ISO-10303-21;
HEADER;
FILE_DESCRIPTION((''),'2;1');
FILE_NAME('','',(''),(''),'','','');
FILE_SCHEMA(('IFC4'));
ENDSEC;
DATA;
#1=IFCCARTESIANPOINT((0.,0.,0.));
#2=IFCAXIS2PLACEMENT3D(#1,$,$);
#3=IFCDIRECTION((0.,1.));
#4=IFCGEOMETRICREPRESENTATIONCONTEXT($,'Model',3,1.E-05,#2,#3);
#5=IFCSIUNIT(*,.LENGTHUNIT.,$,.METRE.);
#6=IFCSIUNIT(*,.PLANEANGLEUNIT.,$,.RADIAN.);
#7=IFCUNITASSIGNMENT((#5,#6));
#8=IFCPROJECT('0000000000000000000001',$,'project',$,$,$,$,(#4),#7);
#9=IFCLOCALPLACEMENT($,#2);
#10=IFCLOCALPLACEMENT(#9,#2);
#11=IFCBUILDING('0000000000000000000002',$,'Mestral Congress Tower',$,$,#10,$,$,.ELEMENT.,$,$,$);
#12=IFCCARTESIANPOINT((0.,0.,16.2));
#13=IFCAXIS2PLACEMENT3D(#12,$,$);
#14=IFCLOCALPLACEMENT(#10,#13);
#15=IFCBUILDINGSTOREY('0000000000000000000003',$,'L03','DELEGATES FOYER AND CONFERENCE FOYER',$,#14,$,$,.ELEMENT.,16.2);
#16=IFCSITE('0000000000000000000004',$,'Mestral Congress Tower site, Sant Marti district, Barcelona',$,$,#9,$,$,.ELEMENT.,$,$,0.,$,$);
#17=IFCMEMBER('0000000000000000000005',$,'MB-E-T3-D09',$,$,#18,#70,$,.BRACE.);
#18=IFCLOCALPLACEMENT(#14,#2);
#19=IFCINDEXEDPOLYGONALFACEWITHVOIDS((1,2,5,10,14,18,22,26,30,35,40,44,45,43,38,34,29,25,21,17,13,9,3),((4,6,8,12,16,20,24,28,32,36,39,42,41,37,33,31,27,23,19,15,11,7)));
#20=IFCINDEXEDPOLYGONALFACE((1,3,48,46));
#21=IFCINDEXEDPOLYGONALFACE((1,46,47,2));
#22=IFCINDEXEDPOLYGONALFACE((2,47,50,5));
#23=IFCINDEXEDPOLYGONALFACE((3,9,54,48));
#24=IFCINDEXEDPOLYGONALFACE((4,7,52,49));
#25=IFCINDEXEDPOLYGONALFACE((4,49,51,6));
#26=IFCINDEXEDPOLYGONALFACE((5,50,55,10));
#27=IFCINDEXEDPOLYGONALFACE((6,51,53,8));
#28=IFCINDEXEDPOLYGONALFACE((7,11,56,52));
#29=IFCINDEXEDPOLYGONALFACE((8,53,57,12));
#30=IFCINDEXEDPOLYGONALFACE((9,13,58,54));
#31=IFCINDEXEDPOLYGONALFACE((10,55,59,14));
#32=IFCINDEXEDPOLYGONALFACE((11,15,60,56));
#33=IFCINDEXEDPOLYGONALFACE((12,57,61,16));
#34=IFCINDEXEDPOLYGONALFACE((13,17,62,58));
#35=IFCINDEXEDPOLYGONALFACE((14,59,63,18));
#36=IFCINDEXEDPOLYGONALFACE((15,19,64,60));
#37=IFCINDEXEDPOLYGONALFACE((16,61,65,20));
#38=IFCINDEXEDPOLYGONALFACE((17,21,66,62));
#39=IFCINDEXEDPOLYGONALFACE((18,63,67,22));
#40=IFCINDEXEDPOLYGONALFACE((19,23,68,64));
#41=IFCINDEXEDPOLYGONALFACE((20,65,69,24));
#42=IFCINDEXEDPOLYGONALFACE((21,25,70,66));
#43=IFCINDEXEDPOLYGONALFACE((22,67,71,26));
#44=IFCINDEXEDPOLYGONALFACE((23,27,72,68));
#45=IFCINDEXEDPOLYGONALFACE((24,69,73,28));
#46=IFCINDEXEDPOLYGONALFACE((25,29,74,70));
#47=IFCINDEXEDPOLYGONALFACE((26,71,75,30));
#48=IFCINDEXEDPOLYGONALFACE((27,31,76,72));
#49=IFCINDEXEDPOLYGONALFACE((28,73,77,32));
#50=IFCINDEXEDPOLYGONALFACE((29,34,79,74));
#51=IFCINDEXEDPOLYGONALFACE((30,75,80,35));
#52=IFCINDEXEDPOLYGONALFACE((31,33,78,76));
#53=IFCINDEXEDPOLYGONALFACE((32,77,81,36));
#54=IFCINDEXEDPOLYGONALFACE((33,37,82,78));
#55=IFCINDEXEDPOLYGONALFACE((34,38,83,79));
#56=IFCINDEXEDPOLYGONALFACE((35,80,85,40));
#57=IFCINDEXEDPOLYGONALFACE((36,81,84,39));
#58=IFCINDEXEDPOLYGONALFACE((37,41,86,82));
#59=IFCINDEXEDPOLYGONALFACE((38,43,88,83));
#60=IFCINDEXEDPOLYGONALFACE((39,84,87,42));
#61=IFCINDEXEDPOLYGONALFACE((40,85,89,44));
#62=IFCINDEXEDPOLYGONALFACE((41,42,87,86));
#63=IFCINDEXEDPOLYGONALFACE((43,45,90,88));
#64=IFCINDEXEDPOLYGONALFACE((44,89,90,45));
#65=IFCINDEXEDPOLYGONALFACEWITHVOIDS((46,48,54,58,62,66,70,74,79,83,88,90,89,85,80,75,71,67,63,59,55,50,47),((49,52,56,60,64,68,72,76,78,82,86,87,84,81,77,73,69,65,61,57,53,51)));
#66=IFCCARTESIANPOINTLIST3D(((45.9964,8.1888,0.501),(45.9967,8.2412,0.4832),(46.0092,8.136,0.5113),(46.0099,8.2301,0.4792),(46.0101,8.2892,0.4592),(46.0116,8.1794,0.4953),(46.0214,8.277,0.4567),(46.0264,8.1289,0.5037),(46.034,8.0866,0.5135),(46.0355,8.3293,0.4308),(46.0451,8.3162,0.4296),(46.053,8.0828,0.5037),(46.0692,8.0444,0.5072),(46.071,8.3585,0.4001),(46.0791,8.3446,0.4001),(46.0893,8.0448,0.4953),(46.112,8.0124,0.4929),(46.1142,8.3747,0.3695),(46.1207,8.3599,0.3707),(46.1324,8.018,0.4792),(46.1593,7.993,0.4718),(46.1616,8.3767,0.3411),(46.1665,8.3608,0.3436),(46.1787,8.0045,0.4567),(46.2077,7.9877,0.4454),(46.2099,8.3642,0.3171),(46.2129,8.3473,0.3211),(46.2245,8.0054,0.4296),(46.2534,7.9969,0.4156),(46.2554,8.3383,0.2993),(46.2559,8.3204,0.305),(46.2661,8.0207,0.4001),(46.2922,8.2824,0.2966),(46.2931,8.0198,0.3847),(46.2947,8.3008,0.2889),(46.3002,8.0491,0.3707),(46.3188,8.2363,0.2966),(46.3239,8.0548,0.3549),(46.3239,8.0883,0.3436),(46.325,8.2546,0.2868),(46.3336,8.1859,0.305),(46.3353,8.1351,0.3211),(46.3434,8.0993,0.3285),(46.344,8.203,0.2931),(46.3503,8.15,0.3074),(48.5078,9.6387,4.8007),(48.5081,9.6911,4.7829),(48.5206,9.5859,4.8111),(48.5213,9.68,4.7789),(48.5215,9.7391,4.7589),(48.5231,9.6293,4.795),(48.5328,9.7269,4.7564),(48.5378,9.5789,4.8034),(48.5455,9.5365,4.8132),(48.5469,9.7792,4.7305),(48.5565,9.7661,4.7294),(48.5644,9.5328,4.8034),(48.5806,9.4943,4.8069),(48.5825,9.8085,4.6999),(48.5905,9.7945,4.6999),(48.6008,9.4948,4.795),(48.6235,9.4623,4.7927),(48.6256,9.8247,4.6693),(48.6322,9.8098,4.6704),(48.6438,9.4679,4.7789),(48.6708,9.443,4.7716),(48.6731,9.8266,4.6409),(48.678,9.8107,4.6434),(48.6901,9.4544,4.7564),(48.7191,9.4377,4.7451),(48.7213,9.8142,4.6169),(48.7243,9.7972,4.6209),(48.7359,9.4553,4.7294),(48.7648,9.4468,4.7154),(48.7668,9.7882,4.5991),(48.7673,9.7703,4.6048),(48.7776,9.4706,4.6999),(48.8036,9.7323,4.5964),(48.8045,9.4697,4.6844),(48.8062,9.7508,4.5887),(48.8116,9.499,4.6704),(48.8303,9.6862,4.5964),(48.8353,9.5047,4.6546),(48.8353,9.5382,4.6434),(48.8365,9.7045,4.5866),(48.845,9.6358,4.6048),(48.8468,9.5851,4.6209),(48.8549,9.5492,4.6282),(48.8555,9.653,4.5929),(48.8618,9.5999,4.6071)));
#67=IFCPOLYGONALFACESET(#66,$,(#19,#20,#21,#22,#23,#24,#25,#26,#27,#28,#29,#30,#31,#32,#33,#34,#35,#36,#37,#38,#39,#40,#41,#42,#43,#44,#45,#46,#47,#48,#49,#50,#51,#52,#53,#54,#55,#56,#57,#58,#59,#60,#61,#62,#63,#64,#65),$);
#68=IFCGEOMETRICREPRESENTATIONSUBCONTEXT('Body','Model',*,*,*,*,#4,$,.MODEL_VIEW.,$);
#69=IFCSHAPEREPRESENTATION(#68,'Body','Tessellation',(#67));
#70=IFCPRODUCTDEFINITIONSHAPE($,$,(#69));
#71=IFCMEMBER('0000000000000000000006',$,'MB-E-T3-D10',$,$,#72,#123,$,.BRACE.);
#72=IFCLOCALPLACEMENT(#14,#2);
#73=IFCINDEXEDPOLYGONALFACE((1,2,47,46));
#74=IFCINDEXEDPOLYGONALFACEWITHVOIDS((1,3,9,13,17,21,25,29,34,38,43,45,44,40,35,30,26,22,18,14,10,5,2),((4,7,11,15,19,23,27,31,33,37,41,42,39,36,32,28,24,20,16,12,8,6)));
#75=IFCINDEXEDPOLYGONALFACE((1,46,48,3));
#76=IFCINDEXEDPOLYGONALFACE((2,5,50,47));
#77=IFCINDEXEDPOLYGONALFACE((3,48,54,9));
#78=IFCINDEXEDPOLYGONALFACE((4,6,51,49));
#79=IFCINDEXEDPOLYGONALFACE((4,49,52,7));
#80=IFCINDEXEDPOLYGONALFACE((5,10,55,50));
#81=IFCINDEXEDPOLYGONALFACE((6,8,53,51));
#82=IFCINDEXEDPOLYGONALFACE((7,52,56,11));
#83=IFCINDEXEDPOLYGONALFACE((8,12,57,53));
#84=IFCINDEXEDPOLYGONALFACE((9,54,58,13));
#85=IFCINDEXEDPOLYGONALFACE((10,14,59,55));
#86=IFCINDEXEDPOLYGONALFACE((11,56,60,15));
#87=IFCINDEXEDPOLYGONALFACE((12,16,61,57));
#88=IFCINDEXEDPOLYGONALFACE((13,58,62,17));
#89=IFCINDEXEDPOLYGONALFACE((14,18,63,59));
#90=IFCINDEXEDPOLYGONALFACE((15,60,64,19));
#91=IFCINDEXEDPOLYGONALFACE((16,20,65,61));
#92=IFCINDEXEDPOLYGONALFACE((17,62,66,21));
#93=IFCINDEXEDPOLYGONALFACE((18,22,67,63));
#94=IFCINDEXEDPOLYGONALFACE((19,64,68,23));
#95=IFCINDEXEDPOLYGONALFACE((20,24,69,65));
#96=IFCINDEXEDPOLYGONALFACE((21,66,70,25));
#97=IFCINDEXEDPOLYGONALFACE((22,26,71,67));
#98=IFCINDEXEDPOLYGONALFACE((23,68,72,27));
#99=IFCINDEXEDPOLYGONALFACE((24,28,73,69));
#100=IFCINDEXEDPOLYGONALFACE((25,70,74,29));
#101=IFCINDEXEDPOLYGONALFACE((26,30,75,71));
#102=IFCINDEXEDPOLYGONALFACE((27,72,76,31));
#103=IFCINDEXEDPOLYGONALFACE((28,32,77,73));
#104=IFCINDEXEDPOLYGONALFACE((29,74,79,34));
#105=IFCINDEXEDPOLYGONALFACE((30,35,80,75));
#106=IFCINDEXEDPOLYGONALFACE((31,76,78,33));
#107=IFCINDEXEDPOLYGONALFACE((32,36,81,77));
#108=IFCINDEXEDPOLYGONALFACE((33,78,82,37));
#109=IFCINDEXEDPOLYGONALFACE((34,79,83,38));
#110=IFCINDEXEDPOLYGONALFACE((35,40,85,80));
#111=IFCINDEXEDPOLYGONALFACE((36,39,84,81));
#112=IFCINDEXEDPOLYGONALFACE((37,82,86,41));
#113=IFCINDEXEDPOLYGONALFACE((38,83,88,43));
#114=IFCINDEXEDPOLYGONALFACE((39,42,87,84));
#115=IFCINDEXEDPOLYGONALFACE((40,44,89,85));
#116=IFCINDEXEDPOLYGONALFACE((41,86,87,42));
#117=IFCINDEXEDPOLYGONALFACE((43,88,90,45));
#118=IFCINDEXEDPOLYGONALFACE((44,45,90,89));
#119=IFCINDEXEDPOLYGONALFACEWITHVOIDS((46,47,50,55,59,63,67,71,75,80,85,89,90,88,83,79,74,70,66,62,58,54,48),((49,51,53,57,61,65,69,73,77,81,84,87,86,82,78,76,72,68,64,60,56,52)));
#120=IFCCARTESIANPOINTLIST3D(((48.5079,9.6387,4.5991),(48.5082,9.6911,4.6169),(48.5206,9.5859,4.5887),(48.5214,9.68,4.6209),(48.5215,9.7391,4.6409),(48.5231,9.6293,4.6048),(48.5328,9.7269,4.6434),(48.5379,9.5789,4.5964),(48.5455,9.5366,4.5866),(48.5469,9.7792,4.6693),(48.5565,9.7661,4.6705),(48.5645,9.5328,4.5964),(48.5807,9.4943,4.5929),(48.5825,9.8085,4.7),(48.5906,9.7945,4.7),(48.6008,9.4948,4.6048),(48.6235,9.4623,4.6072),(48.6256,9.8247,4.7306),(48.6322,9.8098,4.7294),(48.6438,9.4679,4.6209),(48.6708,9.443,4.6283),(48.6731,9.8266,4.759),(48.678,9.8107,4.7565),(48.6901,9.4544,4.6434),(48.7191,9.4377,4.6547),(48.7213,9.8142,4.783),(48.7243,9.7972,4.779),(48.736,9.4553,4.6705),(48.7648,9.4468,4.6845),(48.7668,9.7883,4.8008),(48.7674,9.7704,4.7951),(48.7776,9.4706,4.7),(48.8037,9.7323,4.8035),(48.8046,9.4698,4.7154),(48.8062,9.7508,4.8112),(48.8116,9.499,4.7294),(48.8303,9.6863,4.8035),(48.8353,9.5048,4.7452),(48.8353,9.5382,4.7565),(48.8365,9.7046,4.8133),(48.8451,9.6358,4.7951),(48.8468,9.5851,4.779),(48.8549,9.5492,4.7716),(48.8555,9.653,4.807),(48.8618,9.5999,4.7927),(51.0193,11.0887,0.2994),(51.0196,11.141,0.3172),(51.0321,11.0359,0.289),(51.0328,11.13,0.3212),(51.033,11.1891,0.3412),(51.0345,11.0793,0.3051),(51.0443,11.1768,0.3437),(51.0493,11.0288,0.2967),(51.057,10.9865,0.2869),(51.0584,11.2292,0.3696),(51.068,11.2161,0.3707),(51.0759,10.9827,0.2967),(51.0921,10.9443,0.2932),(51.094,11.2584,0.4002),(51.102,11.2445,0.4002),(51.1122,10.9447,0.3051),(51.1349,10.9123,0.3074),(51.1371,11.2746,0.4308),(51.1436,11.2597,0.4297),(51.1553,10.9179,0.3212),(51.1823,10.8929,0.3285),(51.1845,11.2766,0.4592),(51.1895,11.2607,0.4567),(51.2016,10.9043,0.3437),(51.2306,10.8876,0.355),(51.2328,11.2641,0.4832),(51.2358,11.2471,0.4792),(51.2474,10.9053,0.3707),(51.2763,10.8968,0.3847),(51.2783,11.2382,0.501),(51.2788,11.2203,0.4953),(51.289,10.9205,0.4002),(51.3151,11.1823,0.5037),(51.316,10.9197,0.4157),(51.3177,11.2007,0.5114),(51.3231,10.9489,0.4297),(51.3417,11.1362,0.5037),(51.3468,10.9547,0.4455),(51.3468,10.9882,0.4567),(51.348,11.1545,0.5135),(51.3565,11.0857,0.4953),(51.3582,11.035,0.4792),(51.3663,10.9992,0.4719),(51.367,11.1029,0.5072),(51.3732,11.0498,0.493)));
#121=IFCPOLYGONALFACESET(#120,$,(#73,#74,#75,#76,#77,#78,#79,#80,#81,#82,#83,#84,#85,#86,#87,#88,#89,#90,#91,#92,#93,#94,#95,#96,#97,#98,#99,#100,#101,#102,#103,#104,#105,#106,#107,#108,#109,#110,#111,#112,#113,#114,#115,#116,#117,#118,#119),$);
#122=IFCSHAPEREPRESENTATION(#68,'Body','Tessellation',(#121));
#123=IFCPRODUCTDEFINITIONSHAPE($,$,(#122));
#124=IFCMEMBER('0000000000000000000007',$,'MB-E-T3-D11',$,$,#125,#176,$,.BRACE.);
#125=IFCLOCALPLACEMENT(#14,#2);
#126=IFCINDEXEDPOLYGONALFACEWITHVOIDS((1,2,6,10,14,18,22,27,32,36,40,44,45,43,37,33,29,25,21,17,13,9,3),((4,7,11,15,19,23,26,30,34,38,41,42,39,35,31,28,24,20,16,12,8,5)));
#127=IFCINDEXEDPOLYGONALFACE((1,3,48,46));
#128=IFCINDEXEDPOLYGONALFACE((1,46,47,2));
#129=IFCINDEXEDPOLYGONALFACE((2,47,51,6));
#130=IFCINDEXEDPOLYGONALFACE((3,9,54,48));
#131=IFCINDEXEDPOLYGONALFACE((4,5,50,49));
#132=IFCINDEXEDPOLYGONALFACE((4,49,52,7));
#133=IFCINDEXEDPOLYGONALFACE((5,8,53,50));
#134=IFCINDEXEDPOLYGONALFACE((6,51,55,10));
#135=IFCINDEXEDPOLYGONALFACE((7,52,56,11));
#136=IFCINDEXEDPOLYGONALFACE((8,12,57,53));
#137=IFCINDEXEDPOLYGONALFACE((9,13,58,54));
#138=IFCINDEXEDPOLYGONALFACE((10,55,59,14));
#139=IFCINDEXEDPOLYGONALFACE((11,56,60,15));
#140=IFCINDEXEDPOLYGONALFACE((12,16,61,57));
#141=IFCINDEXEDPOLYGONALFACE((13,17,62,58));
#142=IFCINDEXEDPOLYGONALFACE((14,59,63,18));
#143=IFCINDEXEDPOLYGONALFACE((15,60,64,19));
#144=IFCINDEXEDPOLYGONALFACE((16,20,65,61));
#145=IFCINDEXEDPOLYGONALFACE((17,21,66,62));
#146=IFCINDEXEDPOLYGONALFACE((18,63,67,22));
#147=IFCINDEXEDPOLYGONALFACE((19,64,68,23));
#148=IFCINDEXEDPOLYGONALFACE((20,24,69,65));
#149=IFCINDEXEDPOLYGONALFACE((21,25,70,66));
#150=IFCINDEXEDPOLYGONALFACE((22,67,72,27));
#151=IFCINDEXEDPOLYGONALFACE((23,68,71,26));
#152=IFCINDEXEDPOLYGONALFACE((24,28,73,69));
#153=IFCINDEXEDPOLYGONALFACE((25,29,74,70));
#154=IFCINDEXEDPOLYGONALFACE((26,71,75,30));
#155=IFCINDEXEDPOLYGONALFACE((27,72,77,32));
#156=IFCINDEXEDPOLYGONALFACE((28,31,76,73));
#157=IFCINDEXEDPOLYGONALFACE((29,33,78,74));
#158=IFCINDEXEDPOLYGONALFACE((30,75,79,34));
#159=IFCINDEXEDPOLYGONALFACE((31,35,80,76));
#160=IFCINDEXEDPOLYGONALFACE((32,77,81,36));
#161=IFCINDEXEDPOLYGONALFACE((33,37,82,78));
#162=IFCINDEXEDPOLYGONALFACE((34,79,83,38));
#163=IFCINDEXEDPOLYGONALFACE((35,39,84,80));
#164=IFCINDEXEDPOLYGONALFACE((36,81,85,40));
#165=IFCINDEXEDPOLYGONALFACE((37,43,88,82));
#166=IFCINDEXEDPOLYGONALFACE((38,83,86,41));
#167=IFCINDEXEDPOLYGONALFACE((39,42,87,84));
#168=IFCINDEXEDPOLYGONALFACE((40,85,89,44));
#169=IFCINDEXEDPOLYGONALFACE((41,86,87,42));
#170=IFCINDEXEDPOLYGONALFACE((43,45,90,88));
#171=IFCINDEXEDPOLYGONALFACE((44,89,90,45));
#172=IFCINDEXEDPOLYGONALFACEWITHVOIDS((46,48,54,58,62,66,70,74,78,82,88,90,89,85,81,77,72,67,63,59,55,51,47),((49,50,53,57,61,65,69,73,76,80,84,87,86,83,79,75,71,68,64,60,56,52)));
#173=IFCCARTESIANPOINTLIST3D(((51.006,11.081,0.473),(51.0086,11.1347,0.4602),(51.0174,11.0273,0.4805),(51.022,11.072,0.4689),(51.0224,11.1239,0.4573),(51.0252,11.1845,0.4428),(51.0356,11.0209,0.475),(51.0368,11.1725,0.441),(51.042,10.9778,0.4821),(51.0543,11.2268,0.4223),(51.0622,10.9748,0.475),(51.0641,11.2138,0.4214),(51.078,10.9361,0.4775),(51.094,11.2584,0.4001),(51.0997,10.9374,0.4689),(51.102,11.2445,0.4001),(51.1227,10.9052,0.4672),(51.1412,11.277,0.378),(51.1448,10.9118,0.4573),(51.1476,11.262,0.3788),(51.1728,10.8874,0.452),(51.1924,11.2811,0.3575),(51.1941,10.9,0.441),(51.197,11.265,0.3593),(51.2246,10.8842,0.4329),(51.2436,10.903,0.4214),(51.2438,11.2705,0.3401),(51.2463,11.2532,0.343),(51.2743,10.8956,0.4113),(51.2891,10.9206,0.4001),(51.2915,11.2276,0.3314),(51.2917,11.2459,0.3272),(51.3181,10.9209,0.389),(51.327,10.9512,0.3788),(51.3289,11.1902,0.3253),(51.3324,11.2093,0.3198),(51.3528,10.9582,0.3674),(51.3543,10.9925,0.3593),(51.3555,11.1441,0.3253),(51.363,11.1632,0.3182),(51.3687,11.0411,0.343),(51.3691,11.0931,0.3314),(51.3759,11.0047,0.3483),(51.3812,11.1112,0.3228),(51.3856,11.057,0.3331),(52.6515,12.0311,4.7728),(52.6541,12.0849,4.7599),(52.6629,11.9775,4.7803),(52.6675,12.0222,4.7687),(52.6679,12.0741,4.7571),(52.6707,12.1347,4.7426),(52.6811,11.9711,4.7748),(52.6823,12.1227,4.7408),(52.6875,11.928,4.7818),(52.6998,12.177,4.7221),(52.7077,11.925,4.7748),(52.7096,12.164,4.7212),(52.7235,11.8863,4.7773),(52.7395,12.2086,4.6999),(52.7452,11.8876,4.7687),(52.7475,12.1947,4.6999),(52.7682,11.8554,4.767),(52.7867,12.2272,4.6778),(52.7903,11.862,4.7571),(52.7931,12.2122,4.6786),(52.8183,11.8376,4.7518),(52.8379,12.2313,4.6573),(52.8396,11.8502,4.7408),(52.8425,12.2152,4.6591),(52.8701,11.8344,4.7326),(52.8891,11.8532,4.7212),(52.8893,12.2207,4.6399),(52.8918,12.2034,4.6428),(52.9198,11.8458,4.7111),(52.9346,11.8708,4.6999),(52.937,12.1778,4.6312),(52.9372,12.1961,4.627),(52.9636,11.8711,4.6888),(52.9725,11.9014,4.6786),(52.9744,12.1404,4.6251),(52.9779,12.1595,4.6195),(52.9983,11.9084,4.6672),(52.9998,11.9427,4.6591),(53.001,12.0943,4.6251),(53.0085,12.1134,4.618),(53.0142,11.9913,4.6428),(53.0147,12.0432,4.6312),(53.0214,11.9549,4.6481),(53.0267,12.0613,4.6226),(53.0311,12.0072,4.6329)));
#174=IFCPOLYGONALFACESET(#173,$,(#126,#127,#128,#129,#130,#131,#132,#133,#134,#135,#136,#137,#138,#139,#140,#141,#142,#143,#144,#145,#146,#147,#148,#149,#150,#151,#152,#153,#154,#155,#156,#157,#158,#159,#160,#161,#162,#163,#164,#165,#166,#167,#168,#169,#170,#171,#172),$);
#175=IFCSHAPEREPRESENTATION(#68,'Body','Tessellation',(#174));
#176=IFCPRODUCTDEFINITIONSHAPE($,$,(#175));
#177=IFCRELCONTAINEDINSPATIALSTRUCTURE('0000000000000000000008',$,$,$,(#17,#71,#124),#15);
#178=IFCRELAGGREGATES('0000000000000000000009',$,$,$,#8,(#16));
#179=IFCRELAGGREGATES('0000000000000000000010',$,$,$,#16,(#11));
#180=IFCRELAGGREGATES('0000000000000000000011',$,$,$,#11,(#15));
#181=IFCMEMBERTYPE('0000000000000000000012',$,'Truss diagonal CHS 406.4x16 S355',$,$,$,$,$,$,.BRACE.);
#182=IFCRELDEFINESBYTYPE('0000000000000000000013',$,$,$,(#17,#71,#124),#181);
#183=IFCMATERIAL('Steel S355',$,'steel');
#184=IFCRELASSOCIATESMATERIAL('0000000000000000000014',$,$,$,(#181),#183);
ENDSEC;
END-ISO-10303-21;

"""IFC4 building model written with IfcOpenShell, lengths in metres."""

from ifc_helpers import new_model, si_unit, direction, frame, origin, origin_2d, place, context, subcontext, project, spatial, hollow_circle, extrude, material, material_profile, profile_set, type_object, element, save


model = new_model("IFC4")

# Units and contexts
model_context = context("Model", 3, precision=1e-05, world=origin(), true_north=direction((0.0, 1.0)))
body_context = subcontext(model_context, "Body", "Model", "MODEL_VIEW")
ifc_project = project(units=[si_unit("LENGTHUNIT", "METRE"), si_unit("PLANEANGLEUNIT", "RADIAN")], contexts=[model_context])

# Site, building, storey
site_placement = place(None, origin())
site = spatial("IfcSite", under=ifc_project, at=site_placement, Name="Mestral Congress Tower site, Sant Marti district, Barcelona", CompositionType="ELEMENT", RefElevation=0.0)
building_placement = place(site_placement, origin())
building = spatial("IfcBuilding", under=site, at=building_placement, Name="Mestral Congress Tower", CompositionType="ELEMENT")
storey_placement = place(building_placement, frame((0.0, 0.0, 16.2)))
storey = spatial("IfcBuildingStorey", under=building, at=storey_placement, Name="L03", Description="DELEGATES FOYER AND CONFERENCE FOYER", CompositionType="ELEMENT", Elevation=16.2)

# Members
ifc_material = material(Name="Steel S355", Category="steel")
ifc_material_profile_1 = material_profile(ifc_material, hollow_circle(Radius=0.2031, WallThickness=0.0161, at=origin_2d()), Name="CHS 406.4x16")
ifc_profile_set_1 = profile_set([ifc_material_profile_1], Name="Steel S355")
member_type_1 = type_object("IfcMemberType", Name="Truss diagonal CHS 406.4x16 S355", PredefinedType="BRACE", material=ifc_profile_set_1)
for number, where, z_axis, x_axis, name in (
    (1, (46.1726, 8.1826, 0.4001), (0.484247, 0.279571, 0.829062), (-0.499987, 0.866033, 0.0), "MB-E-T3-D09"),
    (2, (48.6841, 9.6326, 4.7), (0.484247, 0.279571, -0.829062), (-0.499987, 0.866033, 0.0), "MB-E-T3-D10"),
):
    element("IfcMember", number, at=place(storey_placement, frame(where, z_axis=z_axis, x_axis=x_axis)), inside=storey, type_object=member_type_1, Name=name, PredefinedType="BRACE", context=body_context, shape_type="SweptSolid", body=[
        extrude(hollow_circle(Radius=0.2031, WallThickness=0.0161, at=origin_2d()), origin(), (0.0, 0.0, 1.0), 5.1863),
    ])
for number, where, z_axis, x_axis, name in (
    (3, (51.1956, 11.0825, 0.4001), (0.350038, 0.202129, 0.914668), (-0.500064, 0.865989, 0.0), "MB-E-T3-D11"),
):
    element("IfcMember", number, at=place(storey_placement, frame(where, z_axis=z_axis, x_axis=x_axis)), inside=storey, type_object=member_type_1, Name=name, PredefinedType="BRACE", context=body_context, shape_type="SweptSolid", body=[
        extrude(hollow_circle(Radius=0.2031, WallThickness=0.0161, at=origin_2d()), origin(), (0.0, 0.0, 1.0), 4.7009),
    ])

save(model, "model.ifc")
